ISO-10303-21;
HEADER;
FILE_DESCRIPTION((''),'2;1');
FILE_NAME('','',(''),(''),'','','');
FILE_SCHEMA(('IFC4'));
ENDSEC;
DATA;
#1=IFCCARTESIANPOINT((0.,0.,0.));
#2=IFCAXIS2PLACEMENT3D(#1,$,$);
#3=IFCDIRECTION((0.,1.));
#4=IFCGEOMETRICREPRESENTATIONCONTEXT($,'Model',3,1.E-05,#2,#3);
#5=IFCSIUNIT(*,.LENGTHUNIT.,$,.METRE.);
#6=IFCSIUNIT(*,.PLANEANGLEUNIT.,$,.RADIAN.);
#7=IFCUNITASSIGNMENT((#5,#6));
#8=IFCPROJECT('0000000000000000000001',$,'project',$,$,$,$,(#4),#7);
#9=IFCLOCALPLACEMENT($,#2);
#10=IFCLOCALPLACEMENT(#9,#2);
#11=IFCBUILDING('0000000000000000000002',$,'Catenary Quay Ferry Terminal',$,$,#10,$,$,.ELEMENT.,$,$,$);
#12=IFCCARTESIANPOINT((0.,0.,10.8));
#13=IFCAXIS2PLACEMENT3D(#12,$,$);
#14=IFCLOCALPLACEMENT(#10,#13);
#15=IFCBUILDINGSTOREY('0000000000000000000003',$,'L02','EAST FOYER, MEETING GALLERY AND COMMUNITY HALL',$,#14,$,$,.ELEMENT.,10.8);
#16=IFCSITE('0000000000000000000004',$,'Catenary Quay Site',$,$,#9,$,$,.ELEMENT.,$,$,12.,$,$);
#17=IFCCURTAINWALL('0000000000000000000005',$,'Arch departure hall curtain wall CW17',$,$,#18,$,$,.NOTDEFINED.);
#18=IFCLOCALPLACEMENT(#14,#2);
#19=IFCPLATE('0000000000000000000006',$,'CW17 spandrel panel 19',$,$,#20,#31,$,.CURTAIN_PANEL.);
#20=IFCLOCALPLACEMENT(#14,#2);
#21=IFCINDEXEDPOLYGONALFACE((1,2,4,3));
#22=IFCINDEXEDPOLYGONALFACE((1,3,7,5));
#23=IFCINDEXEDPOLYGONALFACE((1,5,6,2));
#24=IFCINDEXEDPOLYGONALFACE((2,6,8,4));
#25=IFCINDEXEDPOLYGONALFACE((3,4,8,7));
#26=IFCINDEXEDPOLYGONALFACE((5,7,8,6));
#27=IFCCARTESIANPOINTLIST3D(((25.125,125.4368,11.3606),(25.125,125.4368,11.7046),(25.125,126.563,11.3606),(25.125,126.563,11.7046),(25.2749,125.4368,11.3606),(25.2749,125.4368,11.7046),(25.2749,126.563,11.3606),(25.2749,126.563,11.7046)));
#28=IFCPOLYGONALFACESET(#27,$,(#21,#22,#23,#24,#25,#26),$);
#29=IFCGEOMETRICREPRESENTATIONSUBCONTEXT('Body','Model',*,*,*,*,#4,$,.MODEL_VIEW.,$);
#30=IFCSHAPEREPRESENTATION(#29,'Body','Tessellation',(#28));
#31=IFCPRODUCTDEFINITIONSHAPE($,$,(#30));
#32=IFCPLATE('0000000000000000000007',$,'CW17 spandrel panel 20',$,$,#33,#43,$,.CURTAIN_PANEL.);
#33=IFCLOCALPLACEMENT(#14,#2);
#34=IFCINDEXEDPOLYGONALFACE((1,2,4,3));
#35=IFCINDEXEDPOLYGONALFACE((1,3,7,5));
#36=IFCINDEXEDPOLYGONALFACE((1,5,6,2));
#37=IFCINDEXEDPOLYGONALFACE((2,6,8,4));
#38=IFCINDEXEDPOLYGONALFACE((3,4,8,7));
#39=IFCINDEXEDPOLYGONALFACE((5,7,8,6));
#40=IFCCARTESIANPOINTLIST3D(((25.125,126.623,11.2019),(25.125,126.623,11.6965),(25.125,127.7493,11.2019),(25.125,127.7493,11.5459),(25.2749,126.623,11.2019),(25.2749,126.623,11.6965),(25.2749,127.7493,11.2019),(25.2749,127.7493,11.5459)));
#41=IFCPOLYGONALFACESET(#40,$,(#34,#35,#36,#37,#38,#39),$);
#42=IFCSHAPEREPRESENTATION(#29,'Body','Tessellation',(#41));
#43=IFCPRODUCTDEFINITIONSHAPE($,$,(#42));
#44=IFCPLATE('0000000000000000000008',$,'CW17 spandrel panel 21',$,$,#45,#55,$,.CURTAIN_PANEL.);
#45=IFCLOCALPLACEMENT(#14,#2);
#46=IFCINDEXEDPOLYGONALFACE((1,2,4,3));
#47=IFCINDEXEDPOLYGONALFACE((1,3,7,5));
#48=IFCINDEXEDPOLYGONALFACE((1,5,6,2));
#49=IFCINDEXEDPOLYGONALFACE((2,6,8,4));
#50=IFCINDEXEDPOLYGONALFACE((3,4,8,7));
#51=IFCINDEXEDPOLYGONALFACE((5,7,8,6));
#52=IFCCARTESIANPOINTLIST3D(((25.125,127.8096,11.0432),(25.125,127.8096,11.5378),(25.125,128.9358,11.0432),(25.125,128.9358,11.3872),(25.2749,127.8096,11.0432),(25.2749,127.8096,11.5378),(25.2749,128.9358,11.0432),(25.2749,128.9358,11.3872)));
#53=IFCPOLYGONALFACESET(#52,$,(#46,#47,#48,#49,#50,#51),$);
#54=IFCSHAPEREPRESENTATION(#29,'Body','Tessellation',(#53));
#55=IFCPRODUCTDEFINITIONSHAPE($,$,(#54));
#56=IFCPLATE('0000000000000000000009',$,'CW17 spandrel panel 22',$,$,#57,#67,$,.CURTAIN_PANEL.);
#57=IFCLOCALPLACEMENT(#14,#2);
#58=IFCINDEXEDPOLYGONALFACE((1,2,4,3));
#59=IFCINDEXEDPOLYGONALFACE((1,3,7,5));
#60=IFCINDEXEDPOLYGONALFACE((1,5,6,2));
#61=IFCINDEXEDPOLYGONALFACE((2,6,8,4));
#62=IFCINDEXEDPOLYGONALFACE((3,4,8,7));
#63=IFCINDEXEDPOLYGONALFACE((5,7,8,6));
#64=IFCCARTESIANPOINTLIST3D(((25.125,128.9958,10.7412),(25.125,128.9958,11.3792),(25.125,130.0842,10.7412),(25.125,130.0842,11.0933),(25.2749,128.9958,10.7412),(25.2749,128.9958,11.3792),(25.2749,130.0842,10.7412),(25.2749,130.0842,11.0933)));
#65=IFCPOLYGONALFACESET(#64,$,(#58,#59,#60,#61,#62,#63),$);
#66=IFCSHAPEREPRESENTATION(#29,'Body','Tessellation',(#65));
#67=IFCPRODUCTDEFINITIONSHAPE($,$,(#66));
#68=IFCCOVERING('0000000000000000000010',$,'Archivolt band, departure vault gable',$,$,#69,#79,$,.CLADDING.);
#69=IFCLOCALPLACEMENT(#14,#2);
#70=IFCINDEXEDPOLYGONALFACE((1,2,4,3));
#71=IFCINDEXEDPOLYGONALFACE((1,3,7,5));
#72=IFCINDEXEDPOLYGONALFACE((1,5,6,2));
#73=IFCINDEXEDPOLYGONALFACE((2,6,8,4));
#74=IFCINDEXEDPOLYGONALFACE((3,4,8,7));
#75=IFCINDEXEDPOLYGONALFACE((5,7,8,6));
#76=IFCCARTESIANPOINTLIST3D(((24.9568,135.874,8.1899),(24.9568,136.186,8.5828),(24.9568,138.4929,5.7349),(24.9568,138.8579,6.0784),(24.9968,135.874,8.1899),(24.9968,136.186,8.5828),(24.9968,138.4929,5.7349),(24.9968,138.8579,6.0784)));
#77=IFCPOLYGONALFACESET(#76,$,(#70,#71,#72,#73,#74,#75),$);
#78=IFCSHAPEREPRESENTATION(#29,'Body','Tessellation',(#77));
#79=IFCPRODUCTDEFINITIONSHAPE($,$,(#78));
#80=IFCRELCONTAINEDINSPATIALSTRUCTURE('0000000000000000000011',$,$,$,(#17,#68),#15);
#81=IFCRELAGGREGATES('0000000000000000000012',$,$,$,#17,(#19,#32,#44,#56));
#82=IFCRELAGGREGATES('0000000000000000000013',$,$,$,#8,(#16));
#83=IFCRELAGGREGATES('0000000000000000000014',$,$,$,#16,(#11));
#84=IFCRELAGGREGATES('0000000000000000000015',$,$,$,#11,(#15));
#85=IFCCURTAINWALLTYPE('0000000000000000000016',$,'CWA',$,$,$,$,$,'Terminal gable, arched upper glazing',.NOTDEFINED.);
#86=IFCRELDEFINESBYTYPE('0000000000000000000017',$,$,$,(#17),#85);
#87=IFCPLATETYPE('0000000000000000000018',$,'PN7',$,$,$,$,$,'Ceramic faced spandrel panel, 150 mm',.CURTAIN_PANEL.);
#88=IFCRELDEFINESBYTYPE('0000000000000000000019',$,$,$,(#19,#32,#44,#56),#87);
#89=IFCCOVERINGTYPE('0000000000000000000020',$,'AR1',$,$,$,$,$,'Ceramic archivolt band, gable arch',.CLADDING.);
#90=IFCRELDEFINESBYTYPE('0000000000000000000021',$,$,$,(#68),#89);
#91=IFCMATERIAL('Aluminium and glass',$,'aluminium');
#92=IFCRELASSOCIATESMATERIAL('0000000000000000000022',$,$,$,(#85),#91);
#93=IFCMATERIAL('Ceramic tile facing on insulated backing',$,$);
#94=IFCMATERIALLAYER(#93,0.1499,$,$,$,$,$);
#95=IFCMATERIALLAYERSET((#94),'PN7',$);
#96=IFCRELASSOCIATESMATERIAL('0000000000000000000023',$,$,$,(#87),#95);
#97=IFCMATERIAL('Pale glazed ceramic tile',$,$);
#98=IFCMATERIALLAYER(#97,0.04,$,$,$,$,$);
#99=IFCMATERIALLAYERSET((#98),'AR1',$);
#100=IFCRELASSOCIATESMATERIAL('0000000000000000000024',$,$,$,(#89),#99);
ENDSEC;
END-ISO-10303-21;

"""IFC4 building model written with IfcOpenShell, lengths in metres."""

from ifc_helpers import new_model, si_unit, direction, frame, origin, place, context, subcontext, project, spatial, polyline, outline, extrude, material, layer, layer_set, type_object, element, aggregate, save


model = new_model("IFC4")

# Units and contexts
model_context = context("Model", 3, precision=1e-05, world=origin(), true_north=direction((0.0, 1.0)))
body_context = subcontext(model_context, "Body", "Model", "MODEL_VIEW")
ifc_project = project(units=[si_unit("LENGTHUNIT", "METRE"), si_unit("PLANEANGLEUNIT", "RADIAN")], contexts=[model_context])

# Site, building, storey
site_placement = place(None, origin())
site = spatial("IfcSite", under=ifc_project, at=site_placement, Name="Catenary Quay Site", CompositionType="ELEMENT", RefElevation=12.0)
building_placement = place(site_placement, origin())
building = spatial("IfcBuilding", under=site, at=building_placement, Name="Catenary Quay Ferry Terminal", CompositionType="ELEMENT")
storey_placement = place(building_placement, frame((0.0, 0.0, 10.8)))
storey = spatial("IfcBuildingStorey", under=building, at=storey_placement, Name="L02", Description="EAST FOYER, MEETING GALLERY AND COMMUNITY HALL", CompositionType="ELEMENT", Elevation=10.8)

# Curtain wall, plates
ifc_material_1 = material(Name="Aluminium and glass", Category="aluminium")
curtain_wall_type = type_object("IfcCurtainWallType", Name="CWA", ElementType="Terminal gable, arched upper glazing", PredefinedType="NOTDEFINED", material=ifc_material_1)
curtain_wall_placement = place(storey_placement, origin())
curtain_wall = element("IfcCurtainWall", 1, at=curtain_wall_placement, inside=storey, type_object=curtain_wall_type, Name="Arch departure hall curtain wall CW17", PredefinedType="NOTDEFINED")
ifc_material_2 = material(Name="Ceramic tile facing on insulated backing")
ifc_layer_1 = layer(ifc_material_2, 0.1499)
ifc_layer_set_1 = layer_set([ifc_layer_1], Name="PN7")
plate_type_1 = type_object("IfcPlateType", Name="PN7", ElementType="Ceramic faced spandrel panel, 150 mm", PredefinedType="CURTAIN_PANEL", material=ifc_layer_set_1)
plate_1_placement = place(storey_placement, frame((25.2, 125.4368, 11.3606), z_axis=(0.0, 0.0, 1.0), x_axis=(0.0, 1.0, 0.0)))
plate_1 = element("IfcPlate", 2, at=plate_1_placement, type_object=plate_type_1, Name="CW17 spandrel panel 19", PredefinedType="CURTAIN_PANEL", context=body_context, shape_type="SweptSolid", body=[
    extrude(outline(polyline([(0.0, 0.0), (1.1262, 0.0), (1.1262, 0.344), (0.0, 0.344), (0.0, 0.0)])), frame((0.0, 0.075, 0.0), z_axis=(0.0, -1.0, 0.0), x_axis=(1.0, 0.0, 0.0)), (0.0, 0.0, 1.0), 0.1499),
])
plate_2_placement = place(storey_placement, frame((25.2, 126.623, 11.2019), z_axis=(0.0, 0.0, 1.0), x_axis=(0.0, 1.0, 0.0)))
plate_2 = element("IfcPlate", 3, at=plate_2_placement, type_object=plate_type_1, Name="CW17 spandrel panel 20", PredefinedType="CURTAIN_PANEL", context=body_context, shape_type="SweptSolid", body=[
    extrude(outline(polyline([(0.0, 0.0), (1.1262, 0.0), (1.1262, 0.344), (0.0, 0.4946), (0.0, 0.0)])), frame((0.0, 0.075, 0.0), z_axis=(0.0, -1.0, 0.0), x_axis=(1.0, 0.0, 0.0)), (0.0, 0.0, 1.0), 0.1499),
])
plate_3_placement = place(storey_placement, frame((25.2, 127.8096, 11.0432), z_axis=(0.0, 0.0, 1.0), x_axis=(0.0, 1.0, 0.0)))
plate_3 = element("IfcPlate", 4, at=plate_3_placement, type_object=plate_type_1, Name="CW17 spandrel panel 21", PredefinedType="CURTAIN_PANEL", context=body_context, shape_type="SweptSolid", body=[
    extrude(outline(polyline([(0.0, 0.0), (1.1262, 0.0), (1.1262, 0.344), (0.0, 0.4946), (0.0, 0.0)])), frame((0.0, 0.075, 0.0), z_axis=(0.0, -1.0, 0.0), x_axis=(1.0, 0.0, 0.0)), (0.0, 0.0, 1.0), 0.1499),
])
plate_4_placement = place(storey_placement, frame((25.2, 128.9958, 10.7412), z_axis=(0.0, 0.0, 1.0), x_axis=(0.0, 1.0, 0.0)))
plate_4 = element("IfcPlate", 5, at=plate_4_placement, type_object=plate_type_1, Name="CW17 spandrel panel 22", PredefinedType="CURTAIN_PANEL", context=body_context, shape_type="SweptSolid", body=[
    extrude(outline(polyline([(0.0, 0.0), (1.0884, 0.0), (1.0884, 0.3521), (0.0, 0.6379), (0.0, 0.0)])), frame((0.0, 0.075, 0.0), z_axis=(0.0, -1.0, 0.0), x_axis=(1.0, 0.0, 0.0)), (0.0, 0.0, 1.0), 0.1499),
])
aggregate(curtain_wall, [plate_1, plate_2, plate_3, plate_4])

# Covering
ifc_material_3 = material(Name="Pale glazed ceramic tile")
ifc_layer_2 = layer(ifc_material_3, 0.04)
ifc_layer_set_2 = layer_set([ifc_layer_2], Name="AR1")
covering_type = type_object("IfcCoveringType", Name="AR1", ElementType="Ceramic archivolt band, gable arch", PredefinedType="CLADDING", material=ifc_layer_set_2)
covering_placement = place(storey_placement, frame((24.9968, 135.874, 8.1899), z_axis=(1.0, 0.0, 0.0), x_axis=(0.0, 0.729556, -0.683921)))
element("IfcCovering", 6, at=covering_placement, inside=storey, type_object=covering_type, Name="Archivolt band, departure vault gable", PredefinedType="CLADDING", context=body_context, shape_type="SweptSolid", body=[
    extrude(outline(polyline([(0.0, 0.0), (3.5897, 0.0), (3.6211, 0.5002), (-0.041, 0.5), (0.0, 0.0)])), origin(), (0.0, 0.0, -1.0), 0.04),
])

save(model, "model.ifc")
